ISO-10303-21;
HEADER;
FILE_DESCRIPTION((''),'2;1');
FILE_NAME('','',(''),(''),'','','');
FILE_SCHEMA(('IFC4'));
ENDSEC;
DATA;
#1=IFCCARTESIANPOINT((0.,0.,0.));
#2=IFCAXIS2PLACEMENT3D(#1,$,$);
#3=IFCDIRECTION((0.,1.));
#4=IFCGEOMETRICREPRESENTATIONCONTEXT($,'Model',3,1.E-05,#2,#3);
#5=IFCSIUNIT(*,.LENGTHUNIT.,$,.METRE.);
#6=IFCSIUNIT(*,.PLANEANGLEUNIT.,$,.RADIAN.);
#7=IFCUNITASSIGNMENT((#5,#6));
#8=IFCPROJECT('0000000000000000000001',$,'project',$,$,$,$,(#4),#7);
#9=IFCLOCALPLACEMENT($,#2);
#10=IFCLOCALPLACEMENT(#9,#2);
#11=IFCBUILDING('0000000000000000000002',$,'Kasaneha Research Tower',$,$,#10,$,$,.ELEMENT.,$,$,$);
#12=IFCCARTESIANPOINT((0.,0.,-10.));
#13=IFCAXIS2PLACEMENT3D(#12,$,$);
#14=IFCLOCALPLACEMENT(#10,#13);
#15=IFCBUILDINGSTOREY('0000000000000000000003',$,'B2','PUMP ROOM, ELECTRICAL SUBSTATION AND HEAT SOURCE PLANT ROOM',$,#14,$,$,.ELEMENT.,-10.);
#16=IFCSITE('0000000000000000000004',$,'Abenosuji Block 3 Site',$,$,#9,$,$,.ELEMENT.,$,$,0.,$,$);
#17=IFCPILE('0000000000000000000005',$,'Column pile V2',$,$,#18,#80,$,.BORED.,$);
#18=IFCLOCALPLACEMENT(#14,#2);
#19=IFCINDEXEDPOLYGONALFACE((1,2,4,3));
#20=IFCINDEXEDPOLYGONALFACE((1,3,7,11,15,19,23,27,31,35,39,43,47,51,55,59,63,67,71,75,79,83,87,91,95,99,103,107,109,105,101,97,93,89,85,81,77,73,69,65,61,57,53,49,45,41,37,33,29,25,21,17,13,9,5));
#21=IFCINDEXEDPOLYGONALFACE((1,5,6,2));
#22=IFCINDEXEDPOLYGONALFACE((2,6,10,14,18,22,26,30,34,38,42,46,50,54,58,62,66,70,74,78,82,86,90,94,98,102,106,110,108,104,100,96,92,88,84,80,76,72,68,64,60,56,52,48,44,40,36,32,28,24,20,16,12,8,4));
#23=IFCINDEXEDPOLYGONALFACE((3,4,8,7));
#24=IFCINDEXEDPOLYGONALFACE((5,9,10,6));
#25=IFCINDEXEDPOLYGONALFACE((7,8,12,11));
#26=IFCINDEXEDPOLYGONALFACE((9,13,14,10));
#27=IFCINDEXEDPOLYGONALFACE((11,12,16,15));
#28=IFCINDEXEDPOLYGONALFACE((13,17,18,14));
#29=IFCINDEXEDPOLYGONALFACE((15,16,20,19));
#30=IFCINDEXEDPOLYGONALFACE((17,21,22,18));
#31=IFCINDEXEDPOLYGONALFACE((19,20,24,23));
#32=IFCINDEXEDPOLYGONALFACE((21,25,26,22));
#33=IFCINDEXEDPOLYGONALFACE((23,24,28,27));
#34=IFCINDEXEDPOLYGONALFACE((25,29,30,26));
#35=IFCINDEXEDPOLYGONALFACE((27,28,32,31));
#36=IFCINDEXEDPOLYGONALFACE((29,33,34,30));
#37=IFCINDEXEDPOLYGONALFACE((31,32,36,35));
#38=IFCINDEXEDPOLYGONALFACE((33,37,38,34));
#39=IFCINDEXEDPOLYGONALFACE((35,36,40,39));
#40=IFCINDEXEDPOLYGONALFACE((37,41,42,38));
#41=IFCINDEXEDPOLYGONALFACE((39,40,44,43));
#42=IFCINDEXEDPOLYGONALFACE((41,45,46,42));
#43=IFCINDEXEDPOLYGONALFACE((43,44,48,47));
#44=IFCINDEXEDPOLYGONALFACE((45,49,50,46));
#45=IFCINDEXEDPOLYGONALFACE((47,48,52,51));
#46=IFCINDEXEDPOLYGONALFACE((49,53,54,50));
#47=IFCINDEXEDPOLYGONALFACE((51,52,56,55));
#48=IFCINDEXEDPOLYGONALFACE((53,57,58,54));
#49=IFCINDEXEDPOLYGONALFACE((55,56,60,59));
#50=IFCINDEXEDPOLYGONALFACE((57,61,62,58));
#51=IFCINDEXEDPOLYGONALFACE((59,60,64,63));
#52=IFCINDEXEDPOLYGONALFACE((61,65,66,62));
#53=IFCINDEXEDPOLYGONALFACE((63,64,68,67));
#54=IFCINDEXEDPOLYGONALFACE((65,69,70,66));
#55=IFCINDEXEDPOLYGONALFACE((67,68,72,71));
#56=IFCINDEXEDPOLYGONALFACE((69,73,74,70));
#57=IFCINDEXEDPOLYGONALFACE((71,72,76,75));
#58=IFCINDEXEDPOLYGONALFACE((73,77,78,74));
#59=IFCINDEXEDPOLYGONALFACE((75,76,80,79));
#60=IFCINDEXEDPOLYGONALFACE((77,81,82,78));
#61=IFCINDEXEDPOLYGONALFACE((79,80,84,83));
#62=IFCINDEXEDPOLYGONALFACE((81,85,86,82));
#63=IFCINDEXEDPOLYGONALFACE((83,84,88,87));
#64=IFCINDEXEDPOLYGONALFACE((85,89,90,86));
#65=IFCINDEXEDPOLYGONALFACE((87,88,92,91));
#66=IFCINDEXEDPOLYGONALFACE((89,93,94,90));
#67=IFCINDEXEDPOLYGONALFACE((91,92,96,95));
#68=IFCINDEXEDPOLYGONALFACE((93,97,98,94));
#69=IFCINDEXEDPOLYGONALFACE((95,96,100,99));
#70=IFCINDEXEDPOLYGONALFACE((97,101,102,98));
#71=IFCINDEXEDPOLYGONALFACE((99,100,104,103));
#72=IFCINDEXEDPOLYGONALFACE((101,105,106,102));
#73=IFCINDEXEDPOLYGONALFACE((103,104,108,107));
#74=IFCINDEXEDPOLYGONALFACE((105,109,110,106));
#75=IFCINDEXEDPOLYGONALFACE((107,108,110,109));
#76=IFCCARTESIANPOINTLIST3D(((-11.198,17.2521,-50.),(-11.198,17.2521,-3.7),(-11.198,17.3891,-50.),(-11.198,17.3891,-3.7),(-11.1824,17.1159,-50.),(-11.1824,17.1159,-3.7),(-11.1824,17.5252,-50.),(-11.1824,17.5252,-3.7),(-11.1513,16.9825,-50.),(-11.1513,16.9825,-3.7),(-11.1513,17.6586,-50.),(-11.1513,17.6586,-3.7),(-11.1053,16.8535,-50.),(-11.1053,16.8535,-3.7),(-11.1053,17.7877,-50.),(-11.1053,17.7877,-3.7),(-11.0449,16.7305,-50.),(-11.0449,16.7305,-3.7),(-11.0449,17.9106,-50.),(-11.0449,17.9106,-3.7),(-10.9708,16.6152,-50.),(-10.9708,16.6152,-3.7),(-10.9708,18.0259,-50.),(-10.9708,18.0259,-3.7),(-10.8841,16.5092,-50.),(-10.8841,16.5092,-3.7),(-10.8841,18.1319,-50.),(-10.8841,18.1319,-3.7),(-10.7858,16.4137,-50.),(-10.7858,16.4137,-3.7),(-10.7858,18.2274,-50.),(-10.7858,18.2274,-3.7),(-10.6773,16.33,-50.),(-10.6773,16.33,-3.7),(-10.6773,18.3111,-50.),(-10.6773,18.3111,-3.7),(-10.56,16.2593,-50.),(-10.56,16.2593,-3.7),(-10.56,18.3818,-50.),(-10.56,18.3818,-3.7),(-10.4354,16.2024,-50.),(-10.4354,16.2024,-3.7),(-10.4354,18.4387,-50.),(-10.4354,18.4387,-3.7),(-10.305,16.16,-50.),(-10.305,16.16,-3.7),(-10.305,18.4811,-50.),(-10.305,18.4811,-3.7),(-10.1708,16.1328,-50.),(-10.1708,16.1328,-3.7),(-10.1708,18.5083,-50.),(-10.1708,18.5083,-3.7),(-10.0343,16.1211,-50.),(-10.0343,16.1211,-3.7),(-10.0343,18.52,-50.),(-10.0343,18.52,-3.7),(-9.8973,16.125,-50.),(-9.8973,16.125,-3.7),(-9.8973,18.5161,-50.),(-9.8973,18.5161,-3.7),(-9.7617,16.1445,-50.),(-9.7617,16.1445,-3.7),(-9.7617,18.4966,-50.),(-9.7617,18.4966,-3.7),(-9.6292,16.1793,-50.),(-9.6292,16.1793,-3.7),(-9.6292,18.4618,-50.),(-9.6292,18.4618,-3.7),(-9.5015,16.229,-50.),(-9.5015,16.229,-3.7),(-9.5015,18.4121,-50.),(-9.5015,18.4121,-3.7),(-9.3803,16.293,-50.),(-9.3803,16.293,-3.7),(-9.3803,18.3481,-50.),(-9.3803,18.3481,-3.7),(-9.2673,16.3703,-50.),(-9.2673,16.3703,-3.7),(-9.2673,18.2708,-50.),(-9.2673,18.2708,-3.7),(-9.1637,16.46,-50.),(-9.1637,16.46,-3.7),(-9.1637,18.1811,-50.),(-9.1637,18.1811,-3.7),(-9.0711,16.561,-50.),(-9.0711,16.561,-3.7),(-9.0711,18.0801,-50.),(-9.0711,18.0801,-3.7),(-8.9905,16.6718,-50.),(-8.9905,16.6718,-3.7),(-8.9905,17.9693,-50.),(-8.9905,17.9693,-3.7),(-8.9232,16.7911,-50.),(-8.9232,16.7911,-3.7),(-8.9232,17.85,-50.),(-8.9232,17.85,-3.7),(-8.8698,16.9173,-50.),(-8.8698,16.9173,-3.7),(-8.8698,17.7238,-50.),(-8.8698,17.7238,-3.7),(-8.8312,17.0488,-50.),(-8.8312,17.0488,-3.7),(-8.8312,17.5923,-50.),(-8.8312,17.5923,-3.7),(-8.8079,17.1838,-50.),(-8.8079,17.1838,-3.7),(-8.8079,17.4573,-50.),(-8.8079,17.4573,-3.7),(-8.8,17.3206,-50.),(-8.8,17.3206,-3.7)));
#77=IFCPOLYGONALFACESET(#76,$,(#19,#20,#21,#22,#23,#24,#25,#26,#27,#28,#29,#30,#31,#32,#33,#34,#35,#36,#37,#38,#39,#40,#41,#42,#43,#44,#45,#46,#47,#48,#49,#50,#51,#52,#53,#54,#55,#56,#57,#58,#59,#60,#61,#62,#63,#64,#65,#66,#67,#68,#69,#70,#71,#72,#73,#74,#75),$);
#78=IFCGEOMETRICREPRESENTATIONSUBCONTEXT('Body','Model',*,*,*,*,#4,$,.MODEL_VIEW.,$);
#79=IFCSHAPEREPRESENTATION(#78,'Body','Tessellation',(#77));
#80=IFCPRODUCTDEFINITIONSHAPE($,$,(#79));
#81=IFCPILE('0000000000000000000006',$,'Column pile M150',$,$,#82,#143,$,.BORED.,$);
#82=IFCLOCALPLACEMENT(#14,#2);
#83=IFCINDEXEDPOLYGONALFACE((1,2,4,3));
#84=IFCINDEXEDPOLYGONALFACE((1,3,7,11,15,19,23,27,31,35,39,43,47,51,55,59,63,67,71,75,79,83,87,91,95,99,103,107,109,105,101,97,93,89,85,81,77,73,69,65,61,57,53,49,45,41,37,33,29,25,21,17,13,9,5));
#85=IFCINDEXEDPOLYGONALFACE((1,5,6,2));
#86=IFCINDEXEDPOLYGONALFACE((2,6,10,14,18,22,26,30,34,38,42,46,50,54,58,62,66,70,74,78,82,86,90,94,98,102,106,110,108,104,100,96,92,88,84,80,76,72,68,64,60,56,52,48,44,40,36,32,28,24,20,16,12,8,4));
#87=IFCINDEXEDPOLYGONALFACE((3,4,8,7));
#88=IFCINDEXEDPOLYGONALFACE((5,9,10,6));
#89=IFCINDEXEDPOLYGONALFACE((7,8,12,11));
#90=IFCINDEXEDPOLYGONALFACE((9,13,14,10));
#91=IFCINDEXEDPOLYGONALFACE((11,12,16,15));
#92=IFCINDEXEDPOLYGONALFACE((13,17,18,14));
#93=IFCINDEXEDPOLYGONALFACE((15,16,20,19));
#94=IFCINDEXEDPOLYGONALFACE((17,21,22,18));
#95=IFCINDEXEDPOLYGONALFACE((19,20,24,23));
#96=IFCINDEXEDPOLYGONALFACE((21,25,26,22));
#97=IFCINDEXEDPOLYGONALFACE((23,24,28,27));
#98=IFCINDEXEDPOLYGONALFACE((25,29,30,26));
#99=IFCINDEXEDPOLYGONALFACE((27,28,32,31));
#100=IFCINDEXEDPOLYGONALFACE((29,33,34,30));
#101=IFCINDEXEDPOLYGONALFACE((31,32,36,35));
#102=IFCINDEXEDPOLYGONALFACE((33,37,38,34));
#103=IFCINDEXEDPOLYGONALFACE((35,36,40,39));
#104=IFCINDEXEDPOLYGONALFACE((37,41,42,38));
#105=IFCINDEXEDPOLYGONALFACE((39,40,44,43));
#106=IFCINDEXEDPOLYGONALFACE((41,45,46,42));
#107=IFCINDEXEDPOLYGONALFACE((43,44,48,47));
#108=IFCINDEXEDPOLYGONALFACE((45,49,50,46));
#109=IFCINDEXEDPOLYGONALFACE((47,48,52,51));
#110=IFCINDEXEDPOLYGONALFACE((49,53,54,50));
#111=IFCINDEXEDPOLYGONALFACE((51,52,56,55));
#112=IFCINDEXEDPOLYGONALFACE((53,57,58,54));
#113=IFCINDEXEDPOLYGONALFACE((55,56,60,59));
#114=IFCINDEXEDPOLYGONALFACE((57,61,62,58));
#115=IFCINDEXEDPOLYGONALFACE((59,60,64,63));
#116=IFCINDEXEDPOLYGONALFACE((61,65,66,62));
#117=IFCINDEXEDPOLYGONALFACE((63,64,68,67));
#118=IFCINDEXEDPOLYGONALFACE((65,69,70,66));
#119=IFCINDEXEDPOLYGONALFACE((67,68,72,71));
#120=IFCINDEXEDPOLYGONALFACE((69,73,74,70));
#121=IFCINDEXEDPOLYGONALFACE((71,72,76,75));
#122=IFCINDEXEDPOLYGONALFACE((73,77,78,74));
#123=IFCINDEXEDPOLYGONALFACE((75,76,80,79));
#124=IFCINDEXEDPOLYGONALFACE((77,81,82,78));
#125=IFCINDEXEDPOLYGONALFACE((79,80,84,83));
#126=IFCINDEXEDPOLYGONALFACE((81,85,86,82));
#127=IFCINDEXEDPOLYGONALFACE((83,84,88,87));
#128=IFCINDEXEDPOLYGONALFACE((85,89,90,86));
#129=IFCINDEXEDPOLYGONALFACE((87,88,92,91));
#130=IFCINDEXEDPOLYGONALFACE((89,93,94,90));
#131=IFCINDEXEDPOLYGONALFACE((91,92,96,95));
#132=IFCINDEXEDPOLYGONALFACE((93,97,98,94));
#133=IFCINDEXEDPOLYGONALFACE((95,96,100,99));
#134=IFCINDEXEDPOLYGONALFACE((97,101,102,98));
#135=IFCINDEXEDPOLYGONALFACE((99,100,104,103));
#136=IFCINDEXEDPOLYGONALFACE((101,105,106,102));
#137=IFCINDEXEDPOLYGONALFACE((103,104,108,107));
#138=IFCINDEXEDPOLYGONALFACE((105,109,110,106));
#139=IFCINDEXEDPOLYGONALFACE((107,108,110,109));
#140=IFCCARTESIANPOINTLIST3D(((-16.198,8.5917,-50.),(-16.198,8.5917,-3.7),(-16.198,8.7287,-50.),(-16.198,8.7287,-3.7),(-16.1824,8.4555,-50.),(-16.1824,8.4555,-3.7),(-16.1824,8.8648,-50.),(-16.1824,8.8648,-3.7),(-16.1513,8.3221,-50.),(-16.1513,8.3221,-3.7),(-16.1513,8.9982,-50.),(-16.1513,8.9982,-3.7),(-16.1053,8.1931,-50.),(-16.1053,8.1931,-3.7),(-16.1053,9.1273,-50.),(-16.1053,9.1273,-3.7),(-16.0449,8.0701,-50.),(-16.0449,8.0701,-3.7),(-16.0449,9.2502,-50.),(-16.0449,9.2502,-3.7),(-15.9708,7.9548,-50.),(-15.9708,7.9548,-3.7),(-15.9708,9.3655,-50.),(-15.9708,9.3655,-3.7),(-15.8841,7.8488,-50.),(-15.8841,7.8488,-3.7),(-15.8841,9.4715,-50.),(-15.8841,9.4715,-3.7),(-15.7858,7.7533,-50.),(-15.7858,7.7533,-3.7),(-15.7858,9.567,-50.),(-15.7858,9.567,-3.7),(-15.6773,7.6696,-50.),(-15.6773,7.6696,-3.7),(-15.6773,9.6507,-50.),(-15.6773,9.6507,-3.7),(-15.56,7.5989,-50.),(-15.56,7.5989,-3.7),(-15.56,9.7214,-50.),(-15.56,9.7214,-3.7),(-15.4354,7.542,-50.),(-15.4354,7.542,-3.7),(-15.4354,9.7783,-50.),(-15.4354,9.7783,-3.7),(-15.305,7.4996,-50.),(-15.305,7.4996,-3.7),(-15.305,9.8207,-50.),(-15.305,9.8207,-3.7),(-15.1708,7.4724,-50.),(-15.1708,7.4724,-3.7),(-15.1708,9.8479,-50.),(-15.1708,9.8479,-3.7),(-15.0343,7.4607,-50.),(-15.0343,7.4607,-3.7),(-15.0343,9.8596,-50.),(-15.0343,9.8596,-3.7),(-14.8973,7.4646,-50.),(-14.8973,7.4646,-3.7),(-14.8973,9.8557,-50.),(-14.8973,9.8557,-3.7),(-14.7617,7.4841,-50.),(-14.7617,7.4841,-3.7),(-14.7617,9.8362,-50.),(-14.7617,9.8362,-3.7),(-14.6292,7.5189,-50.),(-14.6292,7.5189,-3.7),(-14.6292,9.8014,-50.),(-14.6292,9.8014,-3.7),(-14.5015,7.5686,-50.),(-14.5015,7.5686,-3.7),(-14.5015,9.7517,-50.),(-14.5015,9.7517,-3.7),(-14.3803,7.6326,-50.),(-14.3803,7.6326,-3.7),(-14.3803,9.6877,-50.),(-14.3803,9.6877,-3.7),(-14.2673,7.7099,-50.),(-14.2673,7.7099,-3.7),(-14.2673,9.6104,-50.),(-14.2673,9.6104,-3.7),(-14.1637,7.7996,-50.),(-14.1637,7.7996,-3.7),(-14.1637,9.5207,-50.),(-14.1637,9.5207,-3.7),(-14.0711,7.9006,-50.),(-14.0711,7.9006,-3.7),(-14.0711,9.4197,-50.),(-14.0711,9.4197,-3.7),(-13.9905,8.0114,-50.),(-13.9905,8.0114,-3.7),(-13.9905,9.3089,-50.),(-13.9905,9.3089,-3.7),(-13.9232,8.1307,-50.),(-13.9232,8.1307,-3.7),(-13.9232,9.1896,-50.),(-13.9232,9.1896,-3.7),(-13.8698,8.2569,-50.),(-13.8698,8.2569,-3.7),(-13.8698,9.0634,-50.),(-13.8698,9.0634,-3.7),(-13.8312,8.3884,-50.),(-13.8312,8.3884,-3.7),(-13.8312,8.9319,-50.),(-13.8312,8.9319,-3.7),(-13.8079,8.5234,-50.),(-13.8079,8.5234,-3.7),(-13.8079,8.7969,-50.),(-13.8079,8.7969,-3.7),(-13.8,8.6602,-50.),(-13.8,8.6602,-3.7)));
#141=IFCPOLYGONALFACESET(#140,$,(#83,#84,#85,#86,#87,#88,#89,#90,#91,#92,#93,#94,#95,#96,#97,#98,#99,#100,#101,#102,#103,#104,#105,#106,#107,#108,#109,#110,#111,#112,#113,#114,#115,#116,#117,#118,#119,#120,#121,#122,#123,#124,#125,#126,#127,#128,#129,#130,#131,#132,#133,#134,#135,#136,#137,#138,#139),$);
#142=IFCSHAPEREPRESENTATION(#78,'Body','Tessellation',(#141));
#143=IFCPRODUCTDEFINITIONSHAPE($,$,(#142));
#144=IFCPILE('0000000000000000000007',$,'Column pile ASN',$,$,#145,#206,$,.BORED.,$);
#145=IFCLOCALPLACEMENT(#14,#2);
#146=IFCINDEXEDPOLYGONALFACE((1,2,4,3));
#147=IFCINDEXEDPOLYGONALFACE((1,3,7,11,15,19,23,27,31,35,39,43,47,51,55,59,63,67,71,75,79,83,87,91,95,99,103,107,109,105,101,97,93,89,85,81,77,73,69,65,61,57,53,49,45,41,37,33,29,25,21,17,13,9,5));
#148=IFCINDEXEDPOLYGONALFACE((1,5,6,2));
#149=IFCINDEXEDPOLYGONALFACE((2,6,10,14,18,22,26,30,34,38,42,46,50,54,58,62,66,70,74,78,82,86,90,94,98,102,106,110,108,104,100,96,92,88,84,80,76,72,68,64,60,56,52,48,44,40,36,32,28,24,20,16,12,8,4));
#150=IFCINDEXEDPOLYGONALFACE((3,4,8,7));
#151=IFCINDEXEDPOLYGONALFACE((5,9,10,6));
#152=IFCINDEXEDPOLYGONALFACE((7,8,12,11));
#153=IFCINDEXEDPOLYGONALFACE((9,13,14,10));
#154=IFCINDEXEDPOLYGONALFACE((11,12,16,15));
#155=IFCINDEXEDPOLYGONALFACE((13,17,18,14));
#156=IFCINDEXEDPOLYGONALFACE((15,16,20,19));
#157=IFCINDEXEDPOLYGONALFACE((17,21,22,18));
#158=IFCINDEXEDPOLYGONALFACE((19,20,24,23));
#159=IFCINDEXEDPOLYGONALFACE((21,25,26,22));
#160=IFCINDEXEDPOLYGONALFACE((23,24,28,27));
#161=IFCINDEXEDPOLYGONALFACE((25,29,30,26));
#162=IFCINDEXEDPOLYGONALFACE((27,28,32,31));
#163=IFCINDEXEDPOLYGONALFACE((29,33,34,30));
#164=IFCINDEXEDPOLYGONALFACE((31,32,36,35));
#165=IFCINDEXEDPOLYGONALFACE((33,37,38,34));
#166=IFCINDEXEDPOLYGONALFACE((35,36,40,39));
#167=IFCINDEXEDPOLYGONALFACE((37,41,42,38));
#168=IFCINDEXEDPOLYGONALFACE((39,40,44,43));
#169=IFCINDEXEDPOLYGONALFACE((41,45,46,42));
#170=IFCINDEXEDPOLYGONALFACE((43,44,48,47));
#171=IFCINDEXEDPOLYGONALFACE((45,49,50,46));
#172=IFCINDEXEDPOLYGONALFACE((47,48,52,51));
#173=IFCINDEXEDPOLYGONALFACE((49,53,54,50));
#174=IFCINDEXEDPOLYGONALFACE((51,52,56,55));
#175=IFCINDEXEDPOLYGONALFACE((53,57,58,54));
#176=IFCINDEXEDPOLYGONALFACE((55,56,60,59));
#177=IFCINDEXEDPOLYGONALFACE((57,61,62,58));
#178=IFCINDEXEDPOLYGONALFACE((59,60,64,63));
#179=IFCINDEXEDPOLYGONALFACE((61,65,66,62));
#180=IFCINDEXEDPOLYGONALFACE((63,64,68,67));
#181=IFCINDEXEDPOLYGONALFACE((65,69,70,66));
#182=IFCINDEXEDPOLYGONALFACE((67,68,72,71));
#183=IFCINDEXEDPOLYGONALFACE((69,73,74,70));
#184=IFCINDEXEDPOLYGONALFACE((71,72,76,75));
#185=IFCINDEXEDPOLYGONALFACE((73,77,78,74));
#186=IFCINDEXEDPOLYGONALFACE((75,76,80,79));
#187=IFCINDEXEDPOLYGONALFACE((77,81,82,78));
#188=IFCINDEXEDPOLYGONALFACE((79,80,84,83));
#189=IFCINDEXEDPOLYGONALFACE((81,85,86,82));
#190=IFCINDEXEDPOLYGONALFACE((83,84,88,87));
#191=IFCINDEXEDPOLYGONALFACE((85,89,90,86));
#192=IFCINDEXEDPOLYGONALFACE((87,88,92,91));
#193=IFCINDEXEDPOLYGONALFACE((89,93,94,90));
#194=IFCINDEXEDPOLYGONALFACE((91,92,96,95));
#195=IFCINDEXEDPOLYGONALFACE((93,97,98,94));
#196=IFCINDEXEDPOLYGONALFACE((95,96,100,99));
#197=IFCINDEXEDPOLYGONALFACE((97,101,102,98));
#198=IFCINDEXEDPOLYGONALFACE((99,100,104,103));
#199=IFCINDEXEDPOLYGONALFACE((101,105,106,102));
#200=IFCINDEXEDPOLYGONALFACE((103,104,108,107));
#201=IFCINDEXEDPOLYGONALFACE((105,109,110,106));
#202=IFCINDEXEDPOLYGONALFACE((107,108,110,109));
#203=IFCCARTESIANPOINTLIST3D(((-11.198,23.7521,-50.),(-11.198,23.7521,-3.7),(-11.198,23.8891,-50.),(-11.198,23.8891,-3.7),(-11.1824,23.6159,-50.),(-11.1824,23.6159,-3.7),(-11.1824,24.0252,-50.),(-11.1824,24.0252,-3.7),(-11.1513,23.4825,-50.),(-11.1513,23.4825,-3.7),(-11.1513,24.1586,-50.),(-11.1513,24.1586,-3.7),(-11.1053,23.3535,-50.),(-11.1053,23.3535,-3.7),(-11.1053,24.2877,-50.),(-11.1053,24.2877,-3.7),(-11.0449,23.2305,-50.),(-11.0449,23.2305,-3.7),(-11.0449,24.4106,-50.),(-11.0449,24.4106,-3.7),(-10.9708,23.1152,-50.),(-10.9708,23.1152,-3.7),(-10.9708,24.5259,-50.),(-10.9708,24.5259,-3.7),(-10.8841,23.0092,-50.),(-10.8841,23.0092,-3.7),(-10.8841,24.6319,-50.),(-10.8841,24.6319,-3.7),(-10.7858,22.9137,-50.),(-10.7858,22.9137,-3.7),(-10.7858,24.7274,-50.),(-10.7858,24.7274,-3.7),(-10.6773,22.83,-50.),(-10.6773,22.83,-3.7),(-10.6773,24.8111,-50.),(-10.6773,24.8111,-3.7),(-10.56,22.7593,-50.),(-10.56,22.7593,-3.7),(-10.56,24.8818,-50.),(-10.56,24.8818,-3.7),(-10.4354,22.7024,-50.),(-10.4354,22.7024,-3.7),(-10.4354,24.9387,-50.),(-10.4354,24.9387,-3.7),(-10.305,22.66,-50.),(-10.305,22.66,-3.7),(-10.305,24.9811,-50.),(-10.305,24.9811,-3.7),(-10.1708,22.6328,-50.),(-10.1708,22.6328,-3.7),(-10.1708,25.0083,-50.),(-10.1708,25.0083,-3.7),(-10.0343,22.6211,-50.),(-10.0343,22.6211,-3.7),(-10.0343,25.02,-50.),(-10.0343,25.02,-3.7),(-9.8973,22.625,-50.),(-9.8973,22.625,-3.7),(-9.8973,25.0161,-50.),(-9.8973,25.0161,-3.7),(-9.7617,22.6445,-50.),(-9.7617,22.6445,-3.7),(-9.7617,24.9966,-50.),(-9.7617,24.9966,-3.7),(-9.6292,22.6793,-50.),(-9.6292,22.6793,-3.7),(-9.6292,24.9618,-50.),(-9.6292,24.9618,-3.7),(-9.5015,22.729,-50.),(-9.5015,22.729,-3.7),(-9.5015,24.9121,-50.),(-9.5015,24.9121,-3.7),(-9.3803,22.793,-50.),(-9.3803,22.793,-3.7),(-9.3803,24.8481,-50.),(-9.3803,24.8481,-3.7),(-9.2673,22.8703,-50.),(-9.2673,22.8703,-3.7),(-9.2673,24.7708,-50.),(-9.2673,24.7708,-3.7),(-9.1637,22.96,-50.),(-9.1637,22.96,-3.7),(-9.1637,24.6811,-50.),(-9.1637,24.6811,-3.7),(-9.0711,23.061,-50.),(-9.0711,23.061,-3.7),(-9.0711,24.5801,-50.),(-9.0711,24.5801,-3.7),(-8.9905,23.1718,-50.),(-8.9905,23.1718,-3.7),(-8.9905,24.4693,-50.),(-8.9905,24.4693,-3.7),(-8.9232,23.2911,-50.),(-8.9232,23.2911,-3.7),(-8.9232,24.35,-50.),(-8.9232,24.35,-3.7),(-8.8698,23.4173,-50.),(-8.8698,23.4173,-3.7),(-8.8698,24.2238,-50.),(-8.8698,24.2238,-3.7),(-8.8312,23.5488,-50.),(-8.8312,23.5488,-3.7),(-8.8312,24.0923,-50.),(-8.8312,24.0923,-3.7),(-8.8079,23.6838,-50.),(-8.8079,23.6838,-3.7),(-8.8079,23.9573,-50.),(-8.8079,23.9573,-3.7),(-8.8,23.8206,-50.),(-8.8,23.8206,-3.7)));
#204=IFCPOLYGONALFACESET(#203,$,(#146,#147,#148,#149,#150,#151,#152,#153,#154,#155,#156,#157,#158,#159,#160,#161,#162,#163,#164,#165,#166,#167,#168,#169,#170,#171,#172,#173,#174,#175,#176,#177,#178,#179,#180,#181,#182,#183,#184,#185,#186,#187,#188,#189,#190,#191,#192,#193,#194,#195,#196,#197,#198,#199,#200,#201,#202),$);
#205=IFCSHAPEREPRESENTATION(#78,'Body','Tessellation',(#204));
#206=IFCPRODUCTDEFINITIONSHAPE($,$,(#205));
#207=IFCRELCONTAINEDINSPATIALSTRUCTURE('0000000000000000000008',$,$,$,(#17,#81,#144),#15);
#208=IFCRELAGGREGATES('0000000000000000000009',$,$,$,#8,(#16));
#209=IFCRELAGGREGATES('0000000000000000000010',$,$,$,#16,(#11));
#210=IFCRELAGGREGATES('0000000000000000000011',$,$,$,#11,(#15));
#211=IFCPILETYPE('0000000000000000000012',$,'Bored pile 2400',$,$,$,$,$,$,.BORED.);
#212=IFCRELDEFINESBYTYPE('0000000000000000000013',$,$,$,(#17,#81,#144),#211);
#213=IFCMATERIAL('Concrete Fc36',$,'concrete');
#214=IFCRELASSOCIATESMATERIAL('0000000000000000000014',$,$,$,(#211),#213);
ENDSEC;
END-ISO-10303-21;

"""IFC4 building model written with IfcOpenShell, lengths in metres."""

from ifc_helpers import new_model, si_unit, direction, frame, origin, origin_2d, place, context, subcontext, project, spatial, circle, extrude, material, material_profile, profile_set, type_object, element, save


model = new_model("IFC4")

# Units and contexts
model_context = context("Model", 3, precision=1e-05, world=origin(), true_north=direction((0.0, 1.0)))
body_context = subcontext(model_context, "Body", "Model", "MODEL_VIEW")
ifc_project = project(units=[si_unit("LENGTHUNIT", "METRE"), si_unit("PLANEANGLEUNIT", "RADIAN")], contexts=[model_context])

# Site, building, storey
site_placement = place(None, origin())
site = spatial("IfcSite", under=ifc_project, at=site_placement, Name="Abenosuji Block 3 Site", CompositionType="ELEMENT", RefElevation=0.0)
building_placement = place(site_placement, origin())
building = spatial("IfcBuilding", under=site, at=building_placement, Name="Kasaneha Research Tower", CompositionType="ELEMENT")
storey_placement = place(building_placement, frame((0.0, 0.0, -10.0)))
storey = spatial("IfcBuildingStorey", under=building, at=storey_placement, Name="B2", Description="PUMP ROOM, ELECTRICAL SUBSTATION AND HEAT SOURCE PLANT ROOM", CompositionType="ELEMENT", Elevation=-10.0)

# Piles
ifc_material_1 = material(Name="Concrete Fc36", Category="concrete")
ifc_material_profile_1 = material_profile(ifc_material_1, circle(Radius=1.2, at=origin_2d()), Name="Bored pile 2400")
ifc_profile_set_1 = profile_set([ifc_material_profile_1], Name="Concrete Fc36")
pile_type_1 = type_object("IfcPileType", Name="Bored pile 2400", PredefinedType="BORED", material=ifc_profile_set_1)
for number, where, z_axis, x_axis, name in (
    (1, (-10.0, 17.3206, -3.7), (0.0, 0.0, -1.0), (1.0, 0.0, 0.0), "Column pile V2"),
    (2, (-15.0, 8.6602, -3.7), (0.0, 0.0, -1.0), (1.0, 0.0, 0.0), "Column pile M150"),
    (3, (-10.0, 23.8206, -3.7), (0.0, 0.0, -1.0), (1.0, 0.0, 0.0), "Column pile ASN"),
):
    element("IfcPile", number, at=place(storey_placement, frame(where, z_axis=z_axis, x_axis=x_axis)), inside=storey, type_object=pile_type_1, Name=name, PredefinedType="BORED", context=body_context, shape_type="SweptSolid", body=[
        extrude(circle(Radius=1.2, at=origin_2d()), origin(), (0.0, 0.0, 1.0), 46.3),
    ])

save(model, "model.ifc")
